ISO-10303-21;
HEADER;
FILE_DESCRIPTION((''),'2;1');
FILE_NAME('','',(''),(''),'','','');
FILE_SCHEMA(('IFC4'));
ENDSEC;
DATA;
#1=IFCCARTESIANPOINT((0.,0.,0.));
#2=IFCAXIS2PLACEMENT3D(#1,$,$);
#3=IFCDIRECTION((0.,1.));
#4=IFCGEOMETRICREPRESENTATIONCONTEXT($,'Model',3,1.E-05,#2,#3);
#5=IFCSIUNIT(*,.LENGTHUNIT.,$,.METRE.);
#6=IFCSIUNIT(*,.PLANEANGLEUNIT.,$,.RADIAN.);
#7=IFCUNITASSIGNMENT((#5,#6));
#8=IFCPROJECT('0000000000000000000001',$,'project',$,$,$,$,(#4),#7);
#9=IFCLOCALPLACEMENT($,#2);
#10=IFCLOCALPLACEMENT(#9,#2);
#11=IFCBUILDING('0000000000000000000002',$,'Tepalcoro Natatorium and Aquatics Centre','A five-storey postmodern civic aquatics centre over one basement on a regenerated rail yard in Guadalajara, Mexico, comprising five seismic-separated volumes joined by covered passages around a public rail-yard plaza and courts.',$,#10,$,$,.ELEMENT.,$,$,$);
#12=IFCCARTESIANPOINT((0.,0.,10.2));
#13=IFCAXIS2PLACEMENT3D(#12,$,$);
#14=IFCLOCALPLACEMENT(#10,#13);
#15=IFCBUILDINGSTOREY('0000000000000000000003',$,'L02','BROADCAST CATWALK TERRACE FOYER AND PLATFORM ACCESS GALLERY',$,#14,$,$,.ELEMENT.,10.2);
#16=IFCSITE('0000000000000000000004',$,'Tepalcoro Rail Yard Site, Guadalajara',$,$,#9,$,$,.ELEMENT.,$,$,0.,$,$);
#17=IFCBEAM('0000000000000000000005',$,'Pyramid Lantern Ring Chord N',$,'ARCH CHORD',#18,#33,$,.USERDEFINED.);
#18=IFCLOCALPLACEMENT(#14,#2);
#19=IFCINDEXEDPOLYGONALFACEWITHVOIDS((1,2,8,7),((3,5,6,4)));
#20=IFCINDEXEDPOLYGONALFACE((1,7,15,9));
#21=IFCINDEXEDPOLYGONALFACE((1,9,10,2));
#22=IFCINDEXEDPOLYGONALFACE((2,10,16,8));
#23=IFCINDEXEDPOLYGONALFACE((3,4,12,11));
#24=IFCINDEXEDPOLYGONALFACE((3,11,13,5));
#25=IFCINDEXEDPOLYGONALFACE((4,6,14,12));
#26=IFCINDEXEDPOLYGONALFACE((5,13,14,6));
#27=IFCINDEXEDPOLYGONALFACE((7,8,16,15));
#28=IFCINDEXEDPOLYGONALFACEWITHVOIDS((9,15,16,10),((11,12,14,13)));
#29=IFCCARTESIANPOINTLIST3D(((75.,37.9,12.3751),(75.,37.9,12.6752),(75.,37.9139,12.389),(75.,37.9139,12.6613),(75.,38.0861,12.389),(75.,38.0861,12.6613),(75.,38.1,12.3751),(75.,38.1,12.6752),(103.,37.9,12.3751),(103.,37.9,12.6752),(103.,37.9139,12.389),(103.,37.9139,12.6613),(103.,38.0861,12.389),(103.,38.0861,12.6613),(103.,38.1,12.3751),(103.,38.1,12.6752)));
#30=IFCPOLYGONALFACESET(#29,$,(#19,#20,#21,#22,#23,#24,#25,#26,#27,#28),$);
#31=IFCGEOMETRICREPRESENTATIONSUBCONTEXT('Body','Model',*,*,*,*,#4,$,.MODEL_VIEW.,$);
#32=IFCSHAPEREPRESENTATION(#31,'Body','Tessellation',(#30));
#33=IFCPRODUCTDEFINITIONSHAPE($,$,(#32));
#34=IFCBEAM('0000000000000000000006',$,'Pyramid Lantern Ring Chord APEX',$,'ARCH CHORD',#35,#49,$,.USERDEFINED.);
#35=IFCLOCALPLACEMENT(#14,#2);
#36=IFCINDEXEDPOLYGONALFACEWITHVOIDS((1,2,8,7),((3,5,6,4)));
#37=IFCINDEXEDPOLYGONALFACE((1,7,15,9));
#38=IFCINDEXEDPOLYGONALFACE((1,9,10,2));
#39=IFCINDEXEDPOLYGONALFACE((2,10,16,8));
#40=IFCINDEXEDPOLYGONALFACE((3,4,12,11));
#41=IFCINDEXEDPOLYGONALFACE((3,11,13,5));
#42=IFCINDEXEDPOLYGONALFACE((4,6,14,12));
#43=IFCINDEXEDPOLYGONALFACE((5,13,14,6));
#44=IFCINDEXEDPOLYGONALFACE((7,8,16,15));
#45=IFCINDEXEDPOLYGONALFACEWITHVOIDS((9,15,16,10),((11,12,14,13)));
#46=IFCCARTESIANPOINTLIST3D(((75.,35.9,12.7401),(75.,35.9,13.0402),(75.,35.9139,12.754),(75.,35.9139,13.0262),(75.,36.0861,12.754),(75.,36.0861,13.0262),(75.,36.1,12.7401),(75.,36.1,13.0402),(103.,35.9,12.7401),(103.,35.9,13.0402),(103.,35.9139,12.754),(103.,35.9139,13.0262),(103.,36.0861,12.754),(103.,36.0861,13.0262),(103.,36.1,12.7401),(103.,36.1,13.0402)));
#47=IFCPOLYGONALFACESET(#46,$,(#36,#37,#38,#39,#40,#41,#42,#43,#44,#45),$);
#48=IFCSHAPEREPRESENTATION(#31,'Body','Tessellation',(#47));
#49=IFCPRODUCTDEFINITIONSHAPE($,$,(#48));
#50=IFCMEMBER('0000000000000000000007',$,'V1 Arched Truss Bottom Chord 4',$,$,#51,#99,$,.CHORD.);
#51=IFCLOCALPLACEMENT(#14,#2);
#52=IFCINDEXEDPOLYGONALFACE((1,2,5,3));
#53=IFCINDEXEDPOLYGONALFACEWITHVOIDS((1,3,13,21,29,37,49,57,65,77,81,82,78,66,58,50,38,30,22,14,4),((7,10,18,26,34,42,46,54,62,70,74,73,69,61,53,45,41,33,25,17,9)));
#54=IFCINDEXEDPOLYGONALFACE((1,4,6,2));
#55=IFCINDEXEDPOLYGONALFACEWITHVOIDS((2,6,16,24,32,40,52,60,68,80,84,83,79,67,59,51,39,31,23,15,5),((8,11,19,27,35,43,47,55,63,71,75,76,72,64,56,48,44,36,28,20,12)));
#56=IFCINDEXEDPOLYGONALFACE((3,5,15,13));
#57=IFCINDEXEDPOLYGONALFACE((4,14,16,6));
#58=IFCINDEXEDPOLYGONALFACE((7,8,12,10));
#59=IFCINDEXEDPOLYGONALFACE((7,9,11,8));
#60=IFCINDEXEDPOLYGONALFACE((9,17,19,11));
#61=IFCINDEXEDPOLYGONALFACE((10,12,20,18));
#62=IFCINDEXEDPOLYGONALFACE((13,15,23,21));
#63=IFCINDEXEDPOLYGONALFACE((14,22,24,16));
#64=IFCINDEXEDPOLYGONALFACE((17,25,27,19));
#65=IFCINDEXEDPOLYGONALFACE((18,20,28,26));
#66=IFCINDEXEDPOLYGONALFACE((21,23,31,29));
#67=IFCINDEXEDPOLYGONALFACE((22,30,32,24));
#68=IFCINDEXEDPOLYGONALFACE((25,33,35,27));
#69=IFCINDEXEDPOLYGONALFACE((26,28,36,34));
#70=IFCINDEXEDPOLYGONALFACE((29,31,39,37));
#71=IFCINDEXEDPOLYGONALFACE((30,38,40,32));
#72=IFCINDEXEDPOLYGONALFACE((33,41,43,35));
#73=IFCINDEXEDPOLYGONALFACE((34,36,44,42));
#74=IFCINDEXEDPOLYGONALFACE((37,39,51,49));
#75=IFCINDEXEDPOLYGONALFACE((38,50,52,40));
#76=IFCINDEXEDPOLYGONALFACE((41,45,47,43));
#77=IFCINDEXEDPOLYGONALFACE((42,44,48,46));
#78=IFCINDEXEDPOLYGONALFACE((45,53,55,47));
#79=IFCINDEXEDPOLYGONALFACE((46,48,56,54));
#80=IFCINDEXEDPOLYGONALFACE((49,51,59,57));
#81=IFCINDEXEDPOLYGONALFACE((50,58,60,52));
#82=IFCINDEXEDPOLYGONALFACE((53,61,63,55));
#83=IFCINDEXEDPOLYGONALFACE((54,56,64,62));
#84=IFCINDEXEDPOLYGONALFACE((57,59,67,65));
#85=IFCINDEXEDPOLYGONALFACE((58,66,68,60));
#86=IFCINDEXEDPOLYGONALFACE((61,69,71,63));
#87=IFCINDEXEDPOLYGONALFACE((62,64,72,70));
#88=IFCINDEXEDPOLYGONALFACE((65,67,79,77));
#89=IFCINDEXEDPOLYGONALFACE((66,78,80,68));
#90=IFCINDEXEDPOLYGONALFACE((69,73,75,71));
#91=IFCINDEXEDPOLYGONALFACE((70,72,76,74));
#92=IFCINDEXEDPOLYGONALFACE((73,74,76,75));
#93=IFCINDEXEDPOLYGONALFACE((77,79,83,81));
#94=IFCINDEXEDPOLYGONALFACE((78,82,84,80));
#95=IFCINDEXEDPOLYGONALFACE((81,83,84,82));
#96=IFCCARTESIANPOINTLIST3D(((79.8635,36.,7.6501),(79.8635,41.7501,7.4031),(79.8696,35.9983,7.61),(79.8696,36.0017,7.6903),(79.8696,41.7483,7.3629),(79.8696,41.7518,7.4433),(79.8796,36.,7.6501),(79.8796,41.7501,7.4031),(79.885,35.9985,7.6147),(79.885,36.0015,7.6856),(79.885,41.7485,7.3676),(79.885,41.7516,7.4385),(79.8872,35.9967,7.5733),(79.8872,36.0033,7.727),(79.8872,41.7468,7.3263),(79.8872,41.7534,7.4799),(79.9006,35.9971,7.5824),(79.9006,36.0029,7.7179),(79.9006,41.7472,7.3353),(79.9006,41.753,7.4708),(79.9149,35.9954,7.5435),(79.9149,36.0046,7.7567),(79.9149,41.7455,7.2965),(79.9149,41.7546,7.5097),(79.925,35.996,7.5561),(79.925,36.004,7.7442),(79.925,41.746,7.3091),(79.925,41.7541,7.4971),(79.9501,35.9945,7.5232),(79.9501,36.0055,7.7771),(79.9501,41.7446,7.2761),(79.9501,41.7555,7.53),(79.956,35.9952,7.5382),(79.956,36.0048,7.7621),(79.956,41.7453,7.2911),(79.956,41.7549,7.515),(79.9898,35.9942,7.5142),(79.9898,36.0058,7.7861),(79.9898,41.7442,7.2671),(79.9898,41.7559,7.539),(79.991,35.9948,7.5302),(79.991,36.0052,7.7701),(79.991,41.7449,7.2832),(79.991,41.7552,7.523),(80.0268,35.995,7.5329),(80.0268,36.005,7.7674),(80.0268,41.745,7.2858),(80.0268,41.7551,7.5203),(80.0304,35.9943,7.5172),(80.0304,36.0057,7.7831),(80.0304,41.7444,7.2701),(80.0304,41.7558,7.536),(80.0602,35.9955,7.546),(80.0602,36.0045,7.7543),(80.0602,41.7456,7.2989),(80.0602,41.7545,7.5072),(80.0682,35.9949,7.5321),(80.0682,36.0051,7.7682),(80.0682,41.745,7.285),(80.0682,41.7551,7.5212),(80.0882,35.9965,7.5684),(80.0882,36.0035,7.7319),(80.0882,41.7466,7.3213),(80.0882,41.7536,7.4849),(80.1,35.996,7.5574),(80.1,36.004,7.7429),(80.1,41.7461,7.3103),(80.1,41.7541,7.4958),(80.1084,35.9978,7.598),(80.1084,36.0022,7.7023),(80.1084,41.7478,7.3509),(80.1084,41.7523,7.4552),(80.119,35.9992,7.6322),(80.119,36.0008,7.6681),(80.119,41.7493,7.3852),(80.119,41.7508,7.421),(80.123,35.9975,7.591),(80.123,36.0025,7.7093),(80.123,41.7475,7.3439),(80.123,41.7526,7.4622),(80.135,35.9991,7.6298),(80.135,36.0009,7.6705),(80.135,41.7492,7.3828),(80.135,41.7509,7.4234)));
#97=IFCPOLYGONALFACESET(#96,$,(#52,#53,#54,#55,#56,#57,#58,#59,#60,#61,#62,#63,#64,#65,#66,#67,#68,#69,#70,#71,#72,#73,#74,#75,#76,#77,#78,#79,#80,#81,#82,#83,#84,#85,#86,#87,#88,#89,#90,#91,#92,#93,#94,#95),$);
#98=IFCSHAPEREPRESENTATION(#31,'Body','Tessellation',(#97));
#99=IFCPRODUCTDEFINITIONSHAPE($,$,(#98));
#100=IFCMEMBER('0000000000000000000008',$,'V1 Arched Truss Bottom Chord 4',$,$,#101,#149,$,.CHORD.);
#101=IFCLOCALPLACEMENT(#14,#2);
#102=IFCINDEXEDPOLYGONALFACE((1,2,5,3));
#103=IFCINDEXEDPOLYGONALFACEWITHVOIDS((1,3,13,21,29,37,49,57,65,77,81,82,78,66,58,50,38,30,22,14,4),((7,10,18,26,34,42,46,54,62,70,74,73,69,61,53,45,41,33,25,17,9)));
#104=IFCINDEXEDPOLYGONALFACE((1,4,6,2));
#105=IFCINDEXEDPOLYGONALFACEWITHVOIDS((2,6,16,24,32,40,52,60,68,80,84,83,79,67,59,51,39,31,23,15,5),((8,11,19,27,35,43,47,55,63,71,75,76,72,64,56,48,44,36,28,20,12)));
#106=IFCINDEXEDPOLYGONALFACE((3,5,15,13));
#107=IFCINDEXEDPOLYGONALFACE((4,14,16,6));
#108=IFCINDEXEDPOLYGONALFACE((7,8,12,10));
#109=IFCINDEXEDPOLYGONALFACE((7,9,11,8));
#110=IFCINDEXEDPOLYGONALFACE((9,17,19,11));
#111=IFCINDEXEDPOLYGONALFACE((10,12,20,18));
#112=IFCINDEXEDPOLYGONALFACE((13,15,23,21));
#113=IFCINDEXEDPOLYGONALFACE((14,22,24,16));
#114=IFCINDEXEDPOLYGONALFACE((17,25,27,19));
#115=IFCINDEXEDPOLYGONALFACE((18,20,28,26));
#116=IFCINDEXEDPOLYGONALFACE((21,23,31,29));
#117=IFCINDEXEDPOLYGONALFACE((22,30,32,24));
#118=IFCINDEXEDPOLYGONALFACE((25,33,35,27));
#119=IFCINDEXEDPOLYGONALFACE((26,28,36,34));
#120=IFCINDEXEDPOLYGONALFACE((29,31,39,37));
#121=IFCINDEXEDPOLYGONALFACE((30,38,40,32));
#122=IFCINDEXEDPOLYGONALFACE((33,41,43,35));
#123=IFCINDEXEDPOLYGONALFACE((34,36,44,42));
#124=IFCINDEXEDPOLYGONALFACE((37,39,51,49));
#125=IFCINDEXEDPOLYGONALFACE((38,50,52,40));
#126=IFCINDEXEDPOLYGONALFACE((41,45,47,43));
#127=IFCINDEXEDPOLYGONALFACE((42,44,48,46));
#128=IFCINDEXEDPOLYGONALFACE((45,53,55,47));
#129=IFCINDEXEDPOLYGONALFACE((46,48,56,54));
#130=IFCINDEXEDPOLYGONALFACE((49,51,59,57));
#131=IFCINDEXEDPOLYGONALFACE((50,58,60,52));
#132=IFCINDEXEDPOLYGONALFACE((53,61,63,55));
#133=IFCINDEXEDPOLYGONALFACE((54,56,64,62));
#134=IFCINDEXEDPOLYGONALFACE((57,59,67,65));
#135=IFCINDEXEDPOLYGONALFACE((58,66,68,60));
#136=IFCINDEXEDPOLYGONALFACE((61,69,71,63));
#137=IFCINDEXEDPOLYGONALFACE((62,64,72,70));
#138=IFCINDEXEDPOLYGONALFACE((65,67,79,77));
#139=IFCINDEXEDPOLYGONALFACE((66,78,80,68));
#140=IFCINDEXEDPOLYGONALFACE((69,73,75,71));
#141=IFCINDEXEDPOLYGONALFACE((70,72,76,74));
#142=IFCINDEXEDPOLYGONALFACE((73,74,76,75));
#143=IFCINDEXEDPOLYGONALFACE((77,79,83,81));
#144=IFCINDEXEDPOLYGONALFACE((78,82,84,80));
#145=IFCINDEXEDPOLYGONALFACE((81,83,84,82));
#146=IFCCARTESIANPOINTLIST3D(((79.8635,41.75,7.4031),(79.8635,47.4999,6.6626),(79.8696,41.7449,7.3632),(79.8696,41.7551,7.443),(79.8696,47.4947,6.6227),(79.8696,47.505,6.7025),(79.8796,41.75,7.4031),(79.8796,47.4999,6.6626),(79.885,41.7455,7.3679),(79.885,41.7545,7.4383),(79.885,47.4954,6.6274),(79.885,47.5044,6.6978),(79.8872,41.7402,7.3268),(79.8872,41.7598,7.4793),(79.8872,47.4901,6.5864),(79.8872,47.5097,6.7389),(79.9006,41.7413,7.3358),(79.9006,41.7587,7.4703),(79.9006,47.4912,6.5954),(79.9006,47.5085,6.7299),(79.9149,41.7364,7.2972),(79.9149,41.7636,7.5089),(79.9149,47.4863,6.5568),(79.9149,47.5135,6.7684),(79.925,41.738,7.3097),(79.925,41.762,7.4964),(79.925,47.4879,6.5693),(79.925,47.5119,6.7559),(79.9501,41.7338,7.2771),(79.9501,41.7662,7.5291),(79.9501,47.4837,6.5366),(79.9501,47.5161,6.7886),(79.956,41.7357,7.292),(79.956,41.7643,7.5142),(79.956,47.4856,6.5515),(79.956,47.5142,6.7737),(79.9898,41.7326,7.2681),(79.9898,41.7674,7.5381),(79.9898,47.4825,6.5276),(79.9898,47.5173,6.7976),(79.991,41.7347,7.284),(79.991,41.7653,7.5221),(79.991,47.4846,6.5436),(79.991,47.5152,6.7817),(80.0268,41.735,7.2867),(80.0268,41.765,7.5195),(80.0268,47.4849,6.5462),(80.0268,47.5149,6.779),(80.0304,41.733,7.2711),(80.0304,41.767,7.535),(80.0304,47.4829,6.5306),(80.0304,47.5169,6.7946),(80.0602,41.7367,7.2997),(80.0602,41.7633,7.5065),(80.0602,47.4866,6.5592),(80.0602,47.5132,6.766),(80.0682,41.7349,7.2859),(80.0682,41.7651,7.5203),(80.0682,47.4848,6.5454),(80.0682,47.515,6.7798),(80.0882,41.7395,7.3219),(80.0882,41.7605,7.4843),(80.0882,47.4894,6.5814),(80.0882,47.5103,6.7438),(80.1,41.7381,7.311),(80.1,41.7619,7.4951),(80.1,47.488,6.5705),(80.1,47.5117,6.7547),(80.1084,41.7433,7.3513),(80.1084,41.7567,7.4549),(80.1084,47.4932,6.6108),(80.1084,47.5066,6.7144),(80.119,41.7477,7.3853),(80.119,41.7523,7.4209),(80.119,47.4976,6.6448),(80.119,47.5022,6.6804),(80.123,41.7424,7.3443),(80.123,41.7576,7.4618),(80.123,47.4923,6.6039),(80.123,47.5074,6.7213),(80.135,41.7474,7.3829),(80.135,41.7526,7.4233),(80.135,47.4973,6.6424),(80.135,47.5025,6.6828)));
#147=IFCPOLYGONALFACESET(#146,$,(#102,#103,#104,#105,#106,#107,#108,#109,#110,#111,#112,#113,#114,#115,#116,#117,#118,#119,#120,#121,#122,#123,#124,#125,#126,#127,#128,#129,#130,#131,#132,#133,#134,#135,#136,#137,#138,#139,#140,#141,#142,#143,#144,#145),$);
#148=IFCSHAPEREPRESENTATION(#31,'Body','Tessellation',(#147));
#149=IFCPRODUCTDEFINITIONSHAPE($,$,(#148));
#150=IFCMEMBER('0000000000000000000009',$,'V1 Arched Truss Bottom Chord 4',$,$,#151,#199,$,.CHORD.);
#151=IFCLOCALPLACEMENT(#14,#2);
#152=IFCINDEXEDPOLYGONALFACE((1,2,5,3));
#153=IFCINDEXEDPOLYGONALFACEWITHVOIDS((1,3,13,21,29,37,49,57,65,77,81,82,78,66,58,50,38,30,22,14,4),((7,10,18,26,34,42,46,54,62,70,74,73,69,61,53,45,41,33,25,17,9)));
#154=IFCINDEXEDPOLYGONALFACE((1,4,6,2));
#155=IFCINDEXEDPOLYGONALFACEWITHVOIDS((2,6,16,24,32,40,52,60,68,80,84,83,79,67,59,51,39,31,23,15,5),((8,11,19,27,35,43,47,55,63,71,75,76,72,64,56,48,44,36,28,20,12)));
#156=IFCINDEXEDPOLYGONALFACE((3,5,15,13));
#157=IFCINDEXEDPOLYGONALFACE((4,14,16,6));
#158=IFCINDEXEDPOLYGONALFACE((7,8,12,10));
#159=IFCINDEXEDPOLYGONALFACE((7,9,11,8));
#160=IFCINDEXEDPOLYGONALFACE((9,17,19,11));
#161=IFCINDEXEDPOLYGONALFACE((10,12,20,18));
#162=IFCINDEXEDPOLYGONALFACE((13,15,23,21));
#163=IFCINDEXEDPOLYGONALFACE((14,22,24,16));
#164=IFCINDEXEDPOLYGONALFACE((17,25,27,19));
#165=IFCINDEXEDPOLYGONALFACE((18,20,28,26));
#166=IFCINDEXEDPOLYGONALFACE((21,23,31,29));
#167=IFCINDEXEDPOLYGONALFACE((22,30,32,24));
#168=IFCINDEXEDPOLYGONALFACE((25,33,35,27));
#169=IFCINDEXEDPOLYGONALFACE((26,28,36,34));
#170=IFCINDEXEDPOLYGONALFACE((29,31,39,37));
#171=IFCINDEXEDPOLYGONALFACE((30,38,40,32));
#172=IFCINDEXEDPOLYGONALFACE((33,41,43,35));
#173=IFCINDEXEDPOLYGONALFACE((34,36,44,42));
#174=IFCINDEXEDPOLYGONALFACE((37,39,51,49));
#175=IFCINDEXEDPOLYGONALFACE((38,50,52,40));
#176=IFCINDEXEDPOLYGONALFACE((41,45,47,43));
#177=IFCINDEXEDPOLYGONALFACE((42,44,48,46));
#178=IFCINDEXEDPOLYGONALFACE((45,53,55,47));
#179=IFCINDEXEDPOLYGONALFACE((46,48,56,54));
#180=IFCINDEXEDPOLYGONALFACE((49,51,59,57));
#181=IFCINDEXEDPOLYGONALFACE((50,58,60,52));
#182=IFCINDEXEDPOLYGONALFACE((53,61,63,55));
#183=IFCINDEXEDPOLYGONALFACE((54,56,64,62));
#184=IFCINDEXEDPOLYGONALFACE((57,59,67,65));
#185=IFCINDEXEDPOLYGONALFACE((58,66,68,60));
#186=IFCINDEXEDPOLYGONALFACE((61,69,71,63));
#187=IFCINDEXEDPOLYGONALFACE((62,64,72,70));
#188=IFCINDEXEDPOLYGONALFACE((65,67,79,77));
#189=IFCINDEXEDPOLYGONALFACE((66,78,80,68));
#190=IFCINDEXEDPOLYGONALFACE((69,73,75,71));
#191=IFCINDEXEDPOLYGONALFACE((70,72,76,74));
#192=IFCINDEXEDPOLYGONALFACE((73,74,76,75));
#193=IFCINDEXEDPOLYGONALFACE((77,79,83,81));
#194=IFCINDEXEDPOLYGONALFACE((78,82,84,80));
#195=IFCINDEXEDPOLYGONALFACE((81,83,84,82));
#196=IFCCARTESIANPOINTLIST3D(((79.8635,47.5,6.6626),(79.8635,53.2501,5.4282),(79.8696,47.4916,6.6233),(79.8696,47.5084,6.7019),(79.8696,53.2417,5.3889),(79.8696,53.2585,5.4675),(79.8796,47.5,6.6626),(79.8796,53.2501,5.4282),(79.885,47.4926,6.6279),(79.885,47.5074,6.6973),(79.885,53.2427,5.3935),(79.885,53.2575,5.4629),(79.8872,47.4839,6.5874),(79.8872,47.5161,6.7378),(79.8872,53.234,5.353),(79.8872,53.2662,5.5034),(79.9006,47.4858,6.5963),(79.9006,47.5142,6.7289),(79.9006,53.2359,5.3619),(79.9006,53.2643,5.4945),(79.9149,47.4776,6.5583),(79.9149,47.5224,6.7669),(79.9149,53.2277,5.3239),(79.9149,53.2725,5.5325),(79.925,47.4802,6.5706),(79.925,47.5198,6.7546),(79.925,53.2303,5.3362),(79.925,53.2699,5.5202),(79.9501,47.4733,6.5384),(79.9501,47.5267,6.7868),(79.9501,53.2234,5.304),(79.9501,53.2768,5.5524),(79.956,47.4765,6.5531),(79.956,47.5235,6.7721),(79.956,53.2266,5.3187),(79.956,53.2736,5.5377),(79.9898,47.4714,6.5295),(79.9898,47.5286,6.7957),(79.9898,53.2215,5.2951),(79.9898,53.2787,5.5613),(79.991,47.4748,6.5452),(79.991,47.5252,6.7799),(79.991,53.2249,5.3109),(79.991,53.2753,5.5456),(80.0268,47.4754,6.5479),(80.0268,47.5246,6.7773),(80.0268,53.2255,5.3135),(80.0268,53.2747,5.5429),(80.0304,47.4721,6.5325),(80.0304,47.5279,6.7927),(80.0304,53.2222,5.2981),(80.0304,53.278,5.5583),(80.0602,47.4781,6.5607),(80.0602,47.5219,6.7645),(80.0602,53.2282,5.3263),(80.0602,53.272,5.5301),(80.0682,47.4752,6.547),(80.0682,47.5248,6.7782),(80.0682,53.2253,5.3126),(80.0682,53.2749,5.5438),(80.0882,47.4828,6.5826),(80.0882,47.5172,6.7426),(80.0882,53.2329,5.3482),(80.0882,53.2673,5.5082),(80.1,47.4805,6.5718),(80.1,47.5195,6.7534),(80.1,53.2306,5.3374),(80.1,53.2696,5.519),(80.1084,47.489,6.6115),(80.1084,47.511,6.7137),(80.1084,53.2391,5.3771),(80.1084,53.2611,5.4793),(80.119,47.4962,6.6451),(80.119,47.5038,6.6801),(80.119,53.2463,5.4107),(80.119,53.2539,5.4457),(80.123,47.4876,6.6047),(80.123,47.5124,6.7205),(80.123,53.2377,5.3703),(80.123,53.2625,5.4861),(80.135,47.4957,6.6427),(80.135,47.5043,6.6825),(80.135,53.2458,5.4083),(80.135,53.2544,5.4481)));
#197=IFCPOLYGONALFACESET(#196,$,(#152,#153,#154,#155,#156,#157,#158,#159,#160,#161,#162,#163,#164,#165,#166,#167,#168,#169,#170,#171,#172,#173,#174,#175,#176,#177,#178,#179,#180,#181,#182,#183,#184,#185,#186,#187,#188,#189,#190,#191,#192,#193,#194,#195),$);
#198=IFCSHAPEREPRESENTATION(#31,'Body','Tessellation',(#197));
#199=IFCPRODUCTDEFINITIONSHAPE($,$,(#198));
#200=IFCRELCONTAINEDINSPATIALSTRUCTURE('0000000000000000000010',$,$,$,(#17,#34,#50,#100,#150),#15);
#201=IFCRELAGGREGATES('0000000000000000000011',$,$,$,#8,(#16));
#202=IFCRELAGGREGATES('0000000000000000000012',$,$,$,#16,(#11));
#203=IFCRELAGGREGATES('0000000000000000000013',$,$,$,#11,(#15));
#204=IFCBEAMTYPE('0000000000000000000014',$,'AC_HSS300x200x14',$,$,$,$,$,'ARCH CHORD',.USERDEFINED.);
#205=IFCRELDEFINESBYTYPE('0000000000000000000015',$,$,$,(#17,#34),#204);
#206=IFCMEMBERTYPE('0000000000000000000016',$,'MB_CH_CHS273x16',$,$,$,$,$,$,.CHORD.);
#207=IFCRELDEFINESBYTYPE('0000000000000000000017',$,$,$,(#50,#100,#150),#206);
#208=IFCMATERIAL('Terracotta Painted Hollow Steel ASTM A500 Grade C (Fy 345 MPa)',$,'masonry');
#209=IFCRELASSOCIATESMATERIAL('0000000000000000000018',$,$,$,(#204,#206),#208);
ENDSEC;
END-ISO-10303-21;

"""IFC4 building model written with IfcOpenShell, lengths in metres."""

from ifc_helpers import new_model, si_unit, direction, frame, origin, origin_2d, place, context, subcontext, project, spatial, hollow_rectangle, hollow_circle, extrude, material, material_profile, profile_set, type_object, element, save


model = new_model("IFC4")

# Units and contexts
model_context = context("Model", 3, precision=1e-05, world=origin(), true_north=direction((0.0, 1.0)))
body_context = subcontext(model_context, "Body", "Model", "MODEL_VIEW")
ifc_project = project(units=[si_unit("LENGTHUNIT", "METRE"), si_unit("PLANEANGLEUNIT", "RADIAN")], contexts=[model_context])

# Site, building, storey
site_placement = place(None, origin())
site = spatial("IfcSite", under=ifc_project, at=site_placement, Name="Tepalcoro Rail Yard Site, Guadalajara", CompositionType="ELEMENT", RefElevation=0.0)
building_placement = place(site_placement, origin())
building = spatial("IfcBuilding", under=site, at=building_placement, Name="Tepalcoro Natatorium and Aquatics Centre", Description="A five-storey postmodern civic aquatics centre over one basement on a regenerated rail yard in Guadalajara, Mexico, comprising five seismic-separated volumes joined by covered passages around a public rail-yard plaza and courts.", CompositionType="ELEMENT")
storey_placement = place(building_placement, frame((0.0, 0.0, 10.2)))
storey = spatial("IfcBuildingStorey", under=building, at=storey_placement, Name="L02", Description="BROADCAST CATWALK TERRACE FOYER AND PLATFORM ACCESS GALLERY", CompositionType="ELEMENT", Elevation=10.2)

# Beams
ifc_material_1 = material(Name="Terracotta Painted Hollow Steel ASTM A500 Grade C (Fy 345 MPa)", Category="masonry")
ifc_material_profile_1 = material_profile(ifc_material_1, hollow_rectangle(XDim=0.2, YDim=0.3, WallThickness=0.0139, at=origin_2d()), Name="HSS300X200X14")
ifc_profile_set_1 = profile_set([ifc_material_profile_1], Name="Terracotta Painted Hollow Steel ASTM A500 Grade C (Fy 345 MPa)")
beam_type_1 = type_object("IfcBeamType", Name="AC_HSS300x200x14", ElementType="ARCH CHORD", PredefinedType="USERDEFINED", material=ifc_profile_set_1)
for number, where, z_axis, x_axis, name in (
    (1, (75.0, 38.0, 12.5251), (1.0, 0.0, 0.0), (0.0, 1.0, 0.0), "Pyramid Lantern Ring Chord N"),
    (2, (75.0, 36.0, 12.8901), (1.0, 0.0, 0.0), (0.0, 1.0, 0.0), "Pyramid Lantern Ring Chord APEX"),
):
    element("IfcBeam", number, at=place(storey_placement, frame(where, z_axis=z_axis, x_axis=x_axis)), inside=storey, type_object=beam_type_1, Name=name, ObjectType="ARCH CHORD", PredefinedType="USERDEFINED", context=body_context, shape_type="SweptSolid", body=[
        extrude(hollow_rectangle(XDim=0.2, YDim=0.3, WallThickness=0.0139, at=origin_2d()), origin(), (0.0, 0.0, 1.0), 28.0),
    ])

# Members
ifc_material_profile_2 = material_profile(ifc_material_1, hollow_circle(Radius=0.1365, WallThickness=0.0161, at=origin_2d()), Name="CHS273X16")
ifc_profile_set_2 = profile_set([ifc_material_profile_2], Name="Terracotta Painted Hollow Steel ASTM A500 Grade C (Fy 345 MPa)")
member_type_1 = type_object("IfcMemberType", Name="MB_CH_CHS273x16", PredefinedType="CHORD", material=ifc_profile_set_2)
member_1_placement = place(storey_placement, frame((80.0, 36.0, 7.6501), z_axis=(0.0, 0.999078, -0.042929), x_axis=(-1.0, 0.0, 0.0)))
element("IfcMember", 3, at=member_1_placement, inside=storey, type_object=member_type_1, Name="V1 Arched Truss Bottom Chord 4", PredefinedType="CHORD", context=body_context, shape_type="SweptSolid", body=[
    extrude(hollow_circle(Radius=0.1365, WallThickness=0.0161, at=origin_2d()), origin(), (0.0, 0.0, 1.0), 5.7554),
])
member_2_placement = place(storey_placement, frame((80.0, 41.75, 7.4031), z_axis=(0.0, 0.99181, -0.127724), x_axis=(-1.0, 0.0, 0.0)))
element("IfcMember", 4, at=member_2_placement, inside=storey, type_object=member_type_1, Name="V1 Arched Truss Bottom Chord 4", PredefinedType="CHORD", context=body_context, shape_type="SweptSolid", body=[
    extrude(hollow_circle(Radius=0.1365, WallThickness=0.0161, at=origin_2d()), origin(), (0.0, 0.0, 1.0), 5.7974),
])
member_3_placement = place(storey_placement, frame((80.0, 47.5, 6.6626), z_axis=(0.0, 0.977725, -0.209892), x_axis=(-1.0, 0.0, 0.0)))
element("IfcMember", 5, at=member_3_placement, inside=storey, type_object=member_type_1, Name="V1 Arched Truss Bottom Chord 4", PredefinedType="CHORD", context=body_context, shape_type="SweptSolid", body=[
    extrude(hollow_circle(Radius=0.1365, WallThickness=0.0161, at=origin_2d()), origin(), (0.0, 0.0, 1.0), 5.8811),
])

save(model, "model.ifc")
